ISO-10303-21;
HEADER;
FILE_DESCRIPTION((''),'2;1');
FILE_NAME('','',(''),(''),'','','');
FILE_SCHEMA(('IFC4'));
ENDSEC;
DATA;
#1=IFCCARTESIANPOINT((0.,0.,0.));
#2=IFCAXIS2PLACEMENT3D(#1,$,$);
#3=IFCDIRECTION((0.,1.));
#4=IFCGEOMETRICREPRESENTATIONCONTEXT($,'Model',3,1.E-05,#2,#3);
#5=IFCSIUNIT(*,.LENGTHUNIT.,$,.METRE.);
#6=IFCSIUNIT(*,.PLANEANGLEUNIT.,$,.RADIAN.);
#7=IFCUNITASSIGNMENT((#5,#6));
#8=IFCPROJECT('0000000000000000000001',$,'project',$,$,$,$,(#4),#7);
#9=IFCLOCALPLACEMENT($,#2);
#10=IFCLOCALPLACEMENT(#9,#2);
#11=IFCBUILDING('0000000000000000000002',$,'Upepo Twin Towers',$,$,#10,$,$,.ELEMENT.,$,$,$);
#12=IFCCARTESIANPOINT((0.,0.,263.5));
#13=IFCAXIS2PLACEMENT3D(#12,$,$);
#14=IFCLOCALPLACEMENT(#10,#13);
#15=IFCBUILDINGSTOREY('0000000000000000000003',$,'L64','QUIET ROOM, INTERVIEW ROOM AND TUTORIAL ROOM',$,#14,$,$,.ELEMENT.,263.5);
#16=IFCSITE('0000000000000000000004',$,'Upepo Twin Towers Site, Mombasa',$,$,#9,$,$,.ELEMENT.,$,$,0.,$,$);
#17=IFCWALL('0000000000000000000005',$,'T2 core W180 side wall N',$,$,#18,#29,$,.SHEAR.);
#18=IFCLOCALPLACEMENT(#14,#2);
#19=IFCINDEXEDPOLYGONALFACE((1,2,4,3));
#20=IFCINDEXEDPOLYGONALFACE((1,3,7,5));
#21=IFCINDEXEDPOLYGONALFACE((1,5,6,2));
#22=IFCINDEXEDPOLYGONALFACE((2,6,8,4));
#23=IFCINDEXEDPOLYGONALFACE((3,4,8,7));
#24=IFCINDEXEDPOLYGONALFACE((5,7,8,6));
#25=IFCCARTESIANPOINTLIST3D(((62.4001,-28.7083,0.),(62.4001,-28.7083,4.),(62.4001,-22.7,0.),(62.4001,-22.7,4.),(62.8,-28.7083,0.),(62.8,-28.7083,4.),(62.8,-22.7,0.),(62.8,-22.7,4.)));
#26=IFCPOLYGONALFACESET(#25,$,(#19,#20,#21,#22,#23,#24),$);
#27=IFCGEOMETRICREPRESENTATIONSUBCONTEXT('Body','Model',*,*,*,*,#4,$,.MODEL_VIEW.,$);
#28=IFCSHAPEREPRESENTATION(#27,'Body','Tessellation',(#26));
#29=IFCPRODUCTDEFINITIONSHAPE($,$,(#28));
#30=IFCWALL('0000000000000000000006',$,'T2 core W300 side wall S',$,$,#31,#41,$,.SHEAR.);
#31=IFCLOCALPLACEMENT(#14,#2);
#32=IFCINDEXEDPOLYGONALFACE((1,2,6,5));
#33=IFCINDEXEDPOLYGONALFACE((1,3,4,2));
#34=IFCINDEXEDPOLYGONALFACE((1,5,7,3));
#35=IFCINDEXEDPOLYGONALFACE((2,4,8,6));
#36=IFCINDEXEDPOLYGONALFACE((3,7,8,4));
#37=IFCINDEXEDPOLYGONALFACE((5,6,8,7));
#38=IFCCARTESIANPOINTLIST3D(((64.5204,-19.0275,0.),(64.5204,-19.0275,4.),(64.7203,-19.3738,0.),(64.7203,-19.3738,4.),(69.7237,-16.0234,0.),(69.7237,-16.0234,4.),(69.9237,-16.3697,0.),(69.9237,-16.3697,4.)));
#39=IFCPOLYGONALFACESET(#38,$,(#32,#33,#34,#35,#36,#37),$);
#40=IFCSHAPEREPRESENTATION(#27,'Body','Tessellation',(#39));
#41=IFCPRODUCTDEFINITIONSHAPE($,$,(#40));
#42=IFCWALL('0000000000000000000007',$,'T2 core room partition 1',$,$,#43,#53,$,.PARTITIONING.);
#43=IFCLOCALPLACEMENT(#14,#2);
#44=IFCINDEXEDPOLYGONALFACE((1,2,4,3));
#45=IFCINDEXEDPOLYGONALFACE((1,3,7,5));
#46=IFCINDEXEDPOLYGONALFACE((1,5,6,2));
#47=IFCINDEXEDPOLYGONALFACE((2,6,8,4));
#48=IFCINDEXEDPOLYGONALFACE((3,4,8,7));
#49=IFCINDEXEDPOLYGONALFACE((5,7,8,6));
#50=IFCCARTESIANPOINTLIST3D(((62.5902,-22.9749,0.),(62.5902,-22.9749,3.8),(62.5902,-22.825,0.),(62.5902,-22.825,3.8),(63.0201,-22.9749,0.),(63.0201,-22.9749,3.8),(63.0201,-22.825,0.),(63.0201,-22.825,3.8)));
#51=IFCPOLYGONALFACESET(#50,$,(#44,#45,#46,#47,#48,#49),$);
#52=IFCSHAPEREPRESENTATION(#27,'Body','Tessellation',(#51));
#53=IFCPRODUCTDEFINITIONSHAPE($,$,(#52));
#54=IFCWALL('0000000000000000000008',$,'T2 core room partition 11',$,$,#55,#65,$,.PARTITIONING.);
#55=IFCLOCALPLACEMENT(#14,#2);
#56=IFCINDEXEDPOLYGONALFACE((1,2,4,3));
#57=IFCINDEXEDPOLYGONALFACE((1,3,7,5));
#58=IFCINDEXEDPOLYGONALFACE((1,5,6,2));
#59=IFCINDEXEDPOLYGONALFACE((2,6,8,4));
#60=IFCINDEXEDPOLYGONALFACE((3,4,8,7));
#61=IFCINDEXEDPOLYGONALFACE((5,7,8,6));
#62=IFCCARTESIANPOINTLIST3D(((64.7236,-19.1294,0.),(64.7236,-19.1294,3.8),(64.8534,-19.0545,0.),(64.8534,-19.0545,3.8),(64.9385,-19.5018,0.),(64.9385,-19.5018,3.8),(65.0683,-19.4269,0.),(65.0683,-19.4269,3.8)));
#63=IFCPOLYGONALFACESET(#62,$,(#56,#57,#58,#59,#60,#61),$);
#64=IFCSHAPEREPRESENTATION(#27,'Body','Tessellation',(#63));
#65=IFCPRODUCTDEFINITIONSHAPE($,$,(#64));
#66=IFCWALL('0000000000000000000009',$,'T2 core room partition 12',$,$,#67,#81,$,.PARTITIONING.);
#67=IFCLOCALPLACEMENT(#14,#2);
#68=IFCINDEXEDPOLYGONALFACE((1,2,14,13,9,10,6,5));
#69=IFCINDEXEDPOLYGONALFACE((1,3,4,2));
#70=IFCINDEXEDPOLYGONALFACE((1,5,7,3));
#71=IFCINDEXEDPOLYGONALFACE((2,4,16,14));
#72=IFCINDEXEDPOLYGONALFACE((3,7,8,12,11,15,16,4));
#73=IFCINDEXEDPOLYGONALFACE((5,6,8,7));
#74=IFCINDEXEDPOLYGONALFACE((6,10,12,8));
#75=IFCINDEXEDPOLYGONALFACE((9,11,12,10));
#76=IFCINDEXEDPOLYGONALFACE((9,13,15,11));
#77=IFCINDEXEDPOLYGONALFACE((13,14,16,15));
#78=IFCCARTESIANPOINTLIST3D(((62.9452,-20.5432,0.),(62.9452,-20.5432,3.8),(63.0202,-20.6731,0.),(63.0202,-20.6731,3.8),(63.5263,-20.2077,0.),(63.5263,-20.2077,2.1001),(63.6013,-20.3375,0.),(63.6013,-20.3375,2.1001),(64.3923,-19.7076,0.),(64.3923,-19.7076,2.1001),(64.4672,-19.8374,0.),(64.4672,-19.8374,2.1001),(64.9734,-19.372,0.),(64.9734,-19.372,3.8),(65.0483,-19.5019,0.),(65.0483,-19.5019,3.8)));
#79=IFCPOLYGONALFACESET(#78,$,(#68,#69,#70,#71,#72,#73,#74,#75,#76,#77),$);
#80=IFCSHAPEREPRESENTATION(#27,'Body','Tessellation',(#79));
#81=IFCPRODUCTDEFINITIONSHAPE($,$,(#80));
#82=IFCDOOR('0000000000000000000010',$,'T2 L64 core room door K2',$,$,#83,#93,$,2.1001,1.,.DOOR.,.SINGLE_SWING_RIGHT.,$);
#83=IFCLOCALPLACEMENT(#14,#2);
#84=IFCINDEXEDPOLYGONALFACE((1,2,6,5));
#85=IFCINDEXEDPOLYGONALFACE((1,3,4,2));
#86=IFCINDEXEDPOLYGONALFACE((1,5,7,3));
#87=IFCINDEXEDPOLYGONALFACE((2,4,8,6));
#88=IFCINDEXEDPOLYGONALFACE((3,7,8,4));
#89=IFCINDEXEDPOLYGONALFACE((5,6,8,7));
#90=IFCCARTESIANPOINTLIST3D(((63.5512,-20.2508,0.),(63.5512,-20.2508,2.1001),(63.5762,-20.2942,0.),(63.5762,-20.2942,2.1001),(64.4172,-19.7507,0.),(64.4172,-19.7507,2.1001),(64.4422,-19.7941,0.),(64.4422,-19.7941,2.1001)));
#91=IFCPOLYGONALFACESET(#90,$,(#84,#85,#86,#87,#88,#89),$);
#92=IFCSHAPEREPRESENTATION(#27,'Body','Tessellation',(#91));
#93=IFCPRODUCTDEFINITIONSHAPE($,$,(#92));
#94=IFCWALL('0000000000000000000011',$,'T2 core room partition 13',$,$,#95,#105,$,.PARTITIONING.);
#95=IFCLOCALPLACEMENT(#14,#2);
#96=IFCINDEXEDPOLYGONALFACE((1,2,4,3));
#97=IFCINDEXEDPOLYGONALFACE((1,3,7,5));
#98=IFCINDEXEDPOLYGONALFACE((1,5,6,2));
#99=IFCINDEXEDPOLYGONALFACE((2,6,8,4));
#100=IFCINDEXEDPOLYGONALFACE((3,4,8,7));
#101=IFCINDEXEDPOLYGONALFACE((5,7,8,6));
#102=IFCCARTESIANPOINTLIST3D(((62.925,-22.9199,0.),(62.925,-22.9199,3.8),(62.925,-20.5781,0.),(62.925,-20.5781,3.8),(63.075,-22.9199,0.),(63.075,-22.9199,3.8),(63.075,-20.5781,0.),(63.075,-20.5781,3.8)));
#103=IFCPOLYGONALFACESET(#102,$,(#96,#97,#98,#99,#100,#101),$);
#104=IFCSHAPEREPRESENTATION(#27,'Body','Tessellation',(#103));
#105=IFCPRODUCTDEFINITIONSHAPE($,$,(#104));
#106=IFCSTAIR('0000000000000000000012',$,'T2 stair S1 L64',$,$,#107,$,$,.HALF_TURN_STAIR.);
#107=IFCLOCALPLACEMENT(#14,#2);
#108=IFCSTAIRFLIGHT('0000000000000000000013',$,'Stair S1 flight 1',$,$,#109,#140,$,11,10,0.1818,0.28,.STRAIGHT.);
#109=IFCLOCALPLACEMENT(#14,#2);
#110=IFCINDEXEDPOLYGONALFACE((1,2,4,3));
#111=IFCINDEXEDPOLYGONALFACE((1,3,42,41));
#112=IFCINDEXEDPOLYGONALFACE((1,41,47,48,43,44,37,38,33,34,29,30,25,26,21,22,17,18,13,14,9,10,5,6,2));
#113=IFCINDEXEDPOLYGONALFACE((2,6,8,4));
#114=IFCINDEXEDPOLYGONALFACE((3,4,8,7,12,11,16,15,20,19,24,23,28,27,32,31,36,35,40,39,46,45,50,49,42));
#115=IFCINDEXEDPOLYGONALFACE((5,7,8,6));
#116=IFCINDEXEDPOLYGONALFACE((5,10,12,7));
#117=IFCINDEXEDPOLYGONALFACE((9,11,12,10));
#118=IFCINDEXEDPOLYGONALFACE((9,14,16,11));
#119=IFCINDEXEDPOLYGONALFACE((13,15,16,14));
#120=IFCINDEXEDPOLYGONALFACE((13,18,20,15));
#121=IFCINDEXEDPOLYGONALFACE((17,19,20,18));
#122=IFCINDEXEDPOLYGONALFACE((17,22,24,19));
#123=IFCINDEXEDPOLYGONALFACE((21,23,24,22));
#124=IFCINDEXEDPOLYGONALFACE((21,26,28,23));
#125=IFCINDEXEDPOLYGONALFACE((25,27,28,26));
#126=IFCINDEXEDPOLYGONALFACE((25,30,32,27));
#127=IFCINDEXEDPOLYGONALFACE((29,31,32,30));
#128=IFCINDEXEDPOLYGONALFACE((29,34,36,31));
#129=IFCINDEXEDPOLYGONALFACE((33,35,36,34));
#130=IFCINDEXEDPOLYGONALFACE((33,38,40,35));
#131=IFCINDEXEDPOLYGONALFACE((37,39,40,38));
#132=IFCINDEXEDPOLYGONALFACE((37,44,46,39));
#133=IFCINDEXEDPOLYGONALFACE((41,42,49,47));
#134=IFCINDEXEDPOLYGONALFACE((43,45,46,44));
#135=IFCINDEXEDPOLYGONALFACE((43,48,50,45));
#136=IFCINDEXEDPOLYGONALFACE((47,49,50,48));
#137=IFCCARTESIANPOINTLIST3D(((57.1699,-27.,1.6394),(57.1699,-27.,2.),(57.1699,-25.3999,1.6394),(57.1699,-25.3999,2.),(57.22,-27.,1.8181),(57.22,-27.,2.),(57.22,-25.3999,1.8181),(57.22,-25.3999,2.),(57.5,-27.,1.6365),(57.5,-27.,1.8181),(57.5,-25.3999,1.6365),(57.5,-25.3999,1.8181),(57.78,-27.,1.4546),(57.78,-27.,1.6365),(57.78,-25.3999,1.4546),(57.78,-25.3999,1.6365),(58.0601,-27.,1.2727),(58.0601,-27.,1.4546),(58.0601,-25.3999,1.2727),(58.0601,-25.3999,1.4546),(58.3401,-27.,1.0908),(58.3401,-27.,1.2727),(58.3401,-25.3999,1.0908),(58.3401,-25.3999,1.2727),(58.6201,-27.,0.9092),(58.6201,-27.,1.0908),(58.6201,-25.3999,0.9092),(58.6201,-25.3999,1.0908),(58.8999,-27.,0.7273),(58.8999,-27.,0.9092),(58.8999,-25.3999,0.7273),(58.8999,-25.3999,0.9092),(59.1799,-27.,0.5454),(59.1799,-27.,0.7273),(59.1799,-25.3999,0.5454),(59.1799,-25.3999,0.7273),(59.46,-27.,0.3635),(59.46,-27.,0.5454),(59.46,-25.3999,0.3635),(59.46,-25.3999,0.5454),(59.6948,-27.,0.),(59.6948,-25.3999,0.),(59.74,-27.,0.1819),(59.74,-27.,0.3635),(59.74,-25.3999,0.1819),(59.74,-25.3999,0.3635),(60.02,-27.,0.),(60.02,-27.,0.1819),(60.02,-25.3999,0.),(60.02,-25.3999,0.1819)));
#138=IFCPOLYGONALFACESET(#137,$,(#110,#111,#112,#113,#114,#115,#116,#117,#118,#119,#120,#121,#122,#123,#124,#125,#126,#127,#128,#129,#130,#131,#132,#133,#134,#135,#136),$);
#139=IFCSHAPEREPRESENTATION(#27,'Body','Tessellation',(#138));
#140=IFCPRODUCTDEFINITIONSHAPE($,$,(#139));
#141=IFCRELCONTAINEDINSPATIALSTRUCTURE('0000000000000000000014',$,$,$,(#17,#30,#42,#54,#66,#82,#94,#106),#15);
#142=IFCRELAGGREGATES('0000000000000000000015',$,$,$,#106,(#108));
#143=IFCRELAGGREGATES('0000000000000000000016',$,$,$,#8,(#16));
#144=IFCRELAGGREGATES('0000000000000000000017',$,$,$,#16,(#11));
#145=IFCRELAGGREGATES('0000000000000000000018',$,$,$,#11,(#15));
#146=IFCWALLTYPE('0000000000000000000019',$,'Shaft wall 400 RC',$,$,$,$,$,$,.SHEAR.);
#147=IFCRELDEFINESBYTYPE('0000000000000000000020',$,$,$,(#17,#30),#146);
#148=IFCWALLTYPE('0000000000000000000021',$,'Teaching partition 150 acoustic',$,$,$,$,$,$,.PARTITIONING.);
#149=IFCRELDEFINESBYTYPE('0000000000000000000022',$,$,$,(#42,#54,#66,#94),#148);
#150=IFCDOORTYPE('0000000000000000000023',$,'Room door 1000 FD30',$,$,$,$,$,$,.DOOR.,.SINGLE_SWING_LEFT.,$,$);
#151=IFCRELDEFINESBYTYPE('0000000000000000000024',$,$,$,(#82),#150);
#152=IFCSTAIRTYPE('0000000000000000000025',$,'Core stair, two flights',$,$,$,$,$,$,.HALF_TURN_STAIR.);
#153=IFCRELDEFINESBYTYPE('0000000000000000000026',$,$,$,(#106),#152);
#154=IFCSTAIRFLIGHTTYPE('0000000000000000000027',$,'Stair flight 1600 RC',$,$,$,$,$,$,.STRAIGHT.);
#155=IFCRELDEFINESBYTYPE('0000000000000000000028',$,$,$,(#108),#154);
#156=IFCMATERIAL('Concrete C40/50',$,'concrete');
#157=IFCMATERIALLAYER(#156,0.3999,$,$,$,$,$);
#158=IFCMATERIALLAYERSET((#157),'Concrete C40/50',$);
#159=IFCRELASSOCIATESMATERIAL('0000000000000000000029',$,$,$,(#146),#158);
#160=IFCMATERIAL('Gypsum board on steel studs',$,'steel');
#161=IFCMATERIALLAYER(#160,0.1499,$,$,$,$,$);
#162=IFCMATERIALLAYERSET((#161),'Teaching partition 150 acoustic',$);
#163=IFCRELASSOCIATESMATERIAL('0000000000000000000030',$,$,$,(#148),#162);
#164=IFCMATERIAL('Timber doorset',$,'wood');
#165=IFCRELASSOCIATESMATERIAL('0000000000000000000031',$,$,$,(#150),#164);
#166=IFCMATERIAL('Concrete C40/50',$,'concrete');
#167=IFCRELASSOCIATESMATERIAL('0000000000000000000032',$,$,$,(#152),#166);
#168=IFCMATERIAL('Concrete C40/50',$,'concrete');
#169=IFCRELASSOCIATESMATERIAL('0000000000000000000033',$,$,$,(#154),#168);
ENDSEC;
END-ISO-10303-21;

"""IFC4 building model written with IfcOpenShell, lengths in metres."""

from ifc_helpers import new_model, si_unit, direction, frame, frame_2d, origin, place, context, subcontext, project, spatial, polyline, rectangle, outline, extrude, material, layer, layer_set, type_object, element, fill, aggregate, save


model = new_model("IFC4")

# Units and contexts
model_context = context("Model", 3, precision=1e-05, world=origin(), true_north=direction((0.0, 1.0)))
body_context = subcontext(model_context, "Body", "Model", "MODEL_VIEW")
ifc_project = project(units=[si_unit("LENGTHUNIT", "METRE"), si_unit("PLANEANGLEUNIT", "RADIAN")], contexts=[model_context])

# Site, building, storey
site_placement = place(None, origin())
site = spatial("IfcSite", under=ifc_project, at=site_placement, Name="Upepo Twin Towers Site, Mombasa", CompositionType="ELEMENT", RefElevation=0.0)
building_placement = place(site_placement, origin())
building = spatial("IfcBuilding", under=site, at=building_placement, Name="Upepo Twin Towers", CompositionType="ELEMENT")
storey_placement = place(building_placement, frame((0.0, 0.0, 263.5)))
storey = spatial("IfcBuildingStorey", under=building, at=storey_placement, Name="L64", Description="QUIET ROOM, INTERVIEW ROOM AND TUTORIAL ROOM", CompositionType="ELEMENT", Elevation=263.5)

# Walls
ifc_material_1 = material(Name="Concrete C40/50", Category="concrete")
ifc_layer_1 = layer(ifc_material_1, 0.3999)
ifc_layer_set_1 = layer_set([ifc_layer_1], Name="Concrete C40/50")
wall_type_1 = type_object("IfcWallType", Name="Shaft wall 400 RC", PredefinedType="SHEAR", material=ifc_layer_set_1)
for number, where, z_axis, x_axis, name in (
    (1, (62.6001, -22.7, 0.0), (0.0, 0.0, 1.0), (0.0, -1.0, 0.0), "T2 core W180 side wall N"),
    (2, (64.6204, -19.2007, 0.0), (0.0, 0.0, 1.0), (0.866027, 0.499998, 0.0), "T2 core W300 side wall S"),
):
    element("IfcWall", number, at=place(storey_placement, frame(where, z_axis=z_axis, x_axis=x_axis)), inside=storey, type_object=wall_type_1, Name=name, PredefinedType="SHEAR", context=body_context, shape_type="SweptSolid", body=[
        extrude(rectangle(XDim=6.0083, YDim=0.3999, at=frame_2d((3.0042, 0.0))), origin(), (0.0, 0.0, 1.0), 4.0),
    ])
ifc_material_2 = material(Name="Gypsum board on steel studs", Category="steel")
ifc_layer_2 = layer(ifc_material_2, 0.1499)
ifc_layer_set_2 = layer_set([ifc_layer_2], Name="Teaching partition 150 acoustic")
wall_type_2 = type_object("IfcWallType", Name="Teaching partition 150 acoustic", PredefinedType="PARTITIONING", material=ifc_layer_set_2)
for number, where, z_axis, x_axis, name in (
    (3, (63.02, -22.8999, 0.0), (0.0, 0.0, 1.0), (-1.0, 0.0, 0.0), "T2 core room partition 1"),
    (4, (64.7886, -19.092, 0.0), (0.0, 0.0, 1.0), (0.499804, -0.866138, 0.0), "T2 core room partition 11"),
):
    element("IfcWall", number, at=place(storey_placement, frame(where, z_axis=z_axis, x_axis=x_axis)), inside=storey, type_object=wall_type_2, Name=name, PredefinedType="PARTITIONING", context=body_context, shape_type="SweptSolid", body=[
        extrude(rectangle(XDim=0.4299, YDim=0.1499, at=frame_2d((0.2148, 0.0))), origin(), (0.0, 0.0, 1.0), 3.8),
    ])

# Wall, opening, door
wall_1_placement = place(storey_placement, frame((65.0107, -19.437, 0.0), z_axis=(0.0, 0.0, 1.0), x_axis=(-0.865982, -0.500074, 0.0)))
wall_1 = element("IfcWall", 5, at=wall_1_placement, inside=storey, type_object=wall_type_2, Name="T2 core room partition 12", PredefinedType="PARTITIONING", context=body_context, shape_type="SweptSolid", body=[
    extrude(rectangle(XDim=2.342, YDim=0.1499, at=frame_2d((1.1709, 0.0))), origin(), (0.0, 0.0, 1.0), 3.8),
])
opening_1_placement = place(wall_1_placement, frame((0.6709, 0.0, 0.0)))
opening_1 = element("IfcOpeningElement", 6, at=opening_1_placement, cuts=wall_1, PredefinedType="OPENING", context=body_context, shape_type="SweptSolid", body=[
    extrude(rectangle(XDim=1.0, YDim=2.1001, at=frame_2d((0.5, 1.05))), frame((0.0, 0.085, 0.0), z_axis=(0.0, -1.0, 0.0), x_axis=(1.0, 0.0, 0.0)), (0.0, 0.0, 1.0), 0.1699),
])
ifc_material_3 = material(Name="Timber doorset", Category="wood")
door_type_1 = type_object("IfcDoorType", Name="Room door 1000 FD30", OperationType="SINGLE_SWING_LEFT", PredefinedType="DOOR", material=ifc_material_3)
door_1_placement = place(opening_1_placement, origin())
door_1 = element("IfcDoor", 7, at=door_1_placement, inside=storey, type_object=door_type_1, Name="T2 L64 core room door K2", OperationType="SINGLE_SWING_RIGHT", OverallHeight=2.1001, OverallWidth=1.0, PredefinedType="DOOR", context=body_context, shape_type="SweptSolid", body=[
    extrude(rectangle(XDim=1.0, YDim=2.1001, at=frame_2d((0.5, 1.05))), frame((0.0, 0.0249, 0.0), z_axis=(0.0, -1.0, 0.0), x_axis=(1.0, 0.0, 0.0)), (0.0, 0.0, 1.0), 0.05),
])
fill(opening_1, door_1)

# Wall
wall_2_placement = place(storey_placement, frame((63.0, -20.5781, 0.0), z_axis=(0.0, 0.0, 1.0), x_axis=(0.0, -1.0, 0.0)))
element("IfcWall", 8, at=wall_2_placement, inside=storey, type_object=wall_type_2, Name="T2 core room partition 13", PredefinedType="PARTITIONING", context=body_context, shape_type="SweptSolid", body=[
    extrude(rectangle(XDim=2.3418, YDim=0.1499, at=frame_2d((1.1709, 0.0))), origin(), (0.0, 0.0, 1.0), 3.8),
])

# Stair, stair flight
ifc_material_4 = material(Name="Concrete C40/50", Category="concrete")
stair_type = type_object("IfcStairType", Name="Core stair, two flights", PredefinedType="HALF_TURN_STAIR", material=ifc_material_4)
stair_placement = place(storey_placement, origin())
stair = element("IfcStair", 9, at=stair_placement, inside=storey, type_object=stair_type, Name="T2 stair S1 L64", PredefinedType="HALF_TURN_STAIR")
ifc_material_5 = material(Name="Concrete C40/50", Category="concrete")
stair_flight_type = type_object("IfcStairFlightType", Name="Stair flight 1600 RC", PredefinedType="STRAIGHT", material=ifc_material_5)
stair_flight_placement = place(storey_placement, frame((60.02, -26.2, 0.0), z_axis=(0.0, 0.0, 1.0), x_axis=(-1.0, 0.0, 0.0)))
stair_flight = element("IfcStairFlight", 10, at=stair_flight_placement, type_object=stair_flight_type, Name="Stair S1 flight 1", NumberOfRisers=11, NumberOfTreads=10, PredefinedType="STRAIGHT", RiserHeight=0.1818, TreadLength=0.28, context=body_context, shape_type="SweptSolid", body=[
    extrude(outline(polyline([(0.0, 0.0), (0.0, 0.1819), (0.28, 0.1819), (0.28, 0.3635), (0.5601, 0.3635), (0.5601, 0.5454), (0.8401, 0.5454), (0.8401, 0.7273), (1.1201, 0.7273), (1.1201, 0.9092), (1.3999, 0.9092), (1.3999, 1.0908), (1.6799, 1.0908), (1.6799, 1.2727), (1.96, 1.2727), (1.96, 1.4546), (2.24, 1.4546), (2.24, 1.6365), (2.52, 1.6365), (2.52, 1.8181), (2.8, 1.8181), (2.8, 2.0), (2.8501, 2.0), (2.8501, 1.6394), (0.3252, 0.0), (0.0, 0.0)])), frame((0.0, 0.8, 0.0), z_axis=(0.0, -1.0, 0.0), x_axis=(1.0, 0.0, 0.0)), (0.0, 0.0, 1.0), 1.6001),
])
aggregate(stair, [stair_flight])

save(model, "model.ifc")
